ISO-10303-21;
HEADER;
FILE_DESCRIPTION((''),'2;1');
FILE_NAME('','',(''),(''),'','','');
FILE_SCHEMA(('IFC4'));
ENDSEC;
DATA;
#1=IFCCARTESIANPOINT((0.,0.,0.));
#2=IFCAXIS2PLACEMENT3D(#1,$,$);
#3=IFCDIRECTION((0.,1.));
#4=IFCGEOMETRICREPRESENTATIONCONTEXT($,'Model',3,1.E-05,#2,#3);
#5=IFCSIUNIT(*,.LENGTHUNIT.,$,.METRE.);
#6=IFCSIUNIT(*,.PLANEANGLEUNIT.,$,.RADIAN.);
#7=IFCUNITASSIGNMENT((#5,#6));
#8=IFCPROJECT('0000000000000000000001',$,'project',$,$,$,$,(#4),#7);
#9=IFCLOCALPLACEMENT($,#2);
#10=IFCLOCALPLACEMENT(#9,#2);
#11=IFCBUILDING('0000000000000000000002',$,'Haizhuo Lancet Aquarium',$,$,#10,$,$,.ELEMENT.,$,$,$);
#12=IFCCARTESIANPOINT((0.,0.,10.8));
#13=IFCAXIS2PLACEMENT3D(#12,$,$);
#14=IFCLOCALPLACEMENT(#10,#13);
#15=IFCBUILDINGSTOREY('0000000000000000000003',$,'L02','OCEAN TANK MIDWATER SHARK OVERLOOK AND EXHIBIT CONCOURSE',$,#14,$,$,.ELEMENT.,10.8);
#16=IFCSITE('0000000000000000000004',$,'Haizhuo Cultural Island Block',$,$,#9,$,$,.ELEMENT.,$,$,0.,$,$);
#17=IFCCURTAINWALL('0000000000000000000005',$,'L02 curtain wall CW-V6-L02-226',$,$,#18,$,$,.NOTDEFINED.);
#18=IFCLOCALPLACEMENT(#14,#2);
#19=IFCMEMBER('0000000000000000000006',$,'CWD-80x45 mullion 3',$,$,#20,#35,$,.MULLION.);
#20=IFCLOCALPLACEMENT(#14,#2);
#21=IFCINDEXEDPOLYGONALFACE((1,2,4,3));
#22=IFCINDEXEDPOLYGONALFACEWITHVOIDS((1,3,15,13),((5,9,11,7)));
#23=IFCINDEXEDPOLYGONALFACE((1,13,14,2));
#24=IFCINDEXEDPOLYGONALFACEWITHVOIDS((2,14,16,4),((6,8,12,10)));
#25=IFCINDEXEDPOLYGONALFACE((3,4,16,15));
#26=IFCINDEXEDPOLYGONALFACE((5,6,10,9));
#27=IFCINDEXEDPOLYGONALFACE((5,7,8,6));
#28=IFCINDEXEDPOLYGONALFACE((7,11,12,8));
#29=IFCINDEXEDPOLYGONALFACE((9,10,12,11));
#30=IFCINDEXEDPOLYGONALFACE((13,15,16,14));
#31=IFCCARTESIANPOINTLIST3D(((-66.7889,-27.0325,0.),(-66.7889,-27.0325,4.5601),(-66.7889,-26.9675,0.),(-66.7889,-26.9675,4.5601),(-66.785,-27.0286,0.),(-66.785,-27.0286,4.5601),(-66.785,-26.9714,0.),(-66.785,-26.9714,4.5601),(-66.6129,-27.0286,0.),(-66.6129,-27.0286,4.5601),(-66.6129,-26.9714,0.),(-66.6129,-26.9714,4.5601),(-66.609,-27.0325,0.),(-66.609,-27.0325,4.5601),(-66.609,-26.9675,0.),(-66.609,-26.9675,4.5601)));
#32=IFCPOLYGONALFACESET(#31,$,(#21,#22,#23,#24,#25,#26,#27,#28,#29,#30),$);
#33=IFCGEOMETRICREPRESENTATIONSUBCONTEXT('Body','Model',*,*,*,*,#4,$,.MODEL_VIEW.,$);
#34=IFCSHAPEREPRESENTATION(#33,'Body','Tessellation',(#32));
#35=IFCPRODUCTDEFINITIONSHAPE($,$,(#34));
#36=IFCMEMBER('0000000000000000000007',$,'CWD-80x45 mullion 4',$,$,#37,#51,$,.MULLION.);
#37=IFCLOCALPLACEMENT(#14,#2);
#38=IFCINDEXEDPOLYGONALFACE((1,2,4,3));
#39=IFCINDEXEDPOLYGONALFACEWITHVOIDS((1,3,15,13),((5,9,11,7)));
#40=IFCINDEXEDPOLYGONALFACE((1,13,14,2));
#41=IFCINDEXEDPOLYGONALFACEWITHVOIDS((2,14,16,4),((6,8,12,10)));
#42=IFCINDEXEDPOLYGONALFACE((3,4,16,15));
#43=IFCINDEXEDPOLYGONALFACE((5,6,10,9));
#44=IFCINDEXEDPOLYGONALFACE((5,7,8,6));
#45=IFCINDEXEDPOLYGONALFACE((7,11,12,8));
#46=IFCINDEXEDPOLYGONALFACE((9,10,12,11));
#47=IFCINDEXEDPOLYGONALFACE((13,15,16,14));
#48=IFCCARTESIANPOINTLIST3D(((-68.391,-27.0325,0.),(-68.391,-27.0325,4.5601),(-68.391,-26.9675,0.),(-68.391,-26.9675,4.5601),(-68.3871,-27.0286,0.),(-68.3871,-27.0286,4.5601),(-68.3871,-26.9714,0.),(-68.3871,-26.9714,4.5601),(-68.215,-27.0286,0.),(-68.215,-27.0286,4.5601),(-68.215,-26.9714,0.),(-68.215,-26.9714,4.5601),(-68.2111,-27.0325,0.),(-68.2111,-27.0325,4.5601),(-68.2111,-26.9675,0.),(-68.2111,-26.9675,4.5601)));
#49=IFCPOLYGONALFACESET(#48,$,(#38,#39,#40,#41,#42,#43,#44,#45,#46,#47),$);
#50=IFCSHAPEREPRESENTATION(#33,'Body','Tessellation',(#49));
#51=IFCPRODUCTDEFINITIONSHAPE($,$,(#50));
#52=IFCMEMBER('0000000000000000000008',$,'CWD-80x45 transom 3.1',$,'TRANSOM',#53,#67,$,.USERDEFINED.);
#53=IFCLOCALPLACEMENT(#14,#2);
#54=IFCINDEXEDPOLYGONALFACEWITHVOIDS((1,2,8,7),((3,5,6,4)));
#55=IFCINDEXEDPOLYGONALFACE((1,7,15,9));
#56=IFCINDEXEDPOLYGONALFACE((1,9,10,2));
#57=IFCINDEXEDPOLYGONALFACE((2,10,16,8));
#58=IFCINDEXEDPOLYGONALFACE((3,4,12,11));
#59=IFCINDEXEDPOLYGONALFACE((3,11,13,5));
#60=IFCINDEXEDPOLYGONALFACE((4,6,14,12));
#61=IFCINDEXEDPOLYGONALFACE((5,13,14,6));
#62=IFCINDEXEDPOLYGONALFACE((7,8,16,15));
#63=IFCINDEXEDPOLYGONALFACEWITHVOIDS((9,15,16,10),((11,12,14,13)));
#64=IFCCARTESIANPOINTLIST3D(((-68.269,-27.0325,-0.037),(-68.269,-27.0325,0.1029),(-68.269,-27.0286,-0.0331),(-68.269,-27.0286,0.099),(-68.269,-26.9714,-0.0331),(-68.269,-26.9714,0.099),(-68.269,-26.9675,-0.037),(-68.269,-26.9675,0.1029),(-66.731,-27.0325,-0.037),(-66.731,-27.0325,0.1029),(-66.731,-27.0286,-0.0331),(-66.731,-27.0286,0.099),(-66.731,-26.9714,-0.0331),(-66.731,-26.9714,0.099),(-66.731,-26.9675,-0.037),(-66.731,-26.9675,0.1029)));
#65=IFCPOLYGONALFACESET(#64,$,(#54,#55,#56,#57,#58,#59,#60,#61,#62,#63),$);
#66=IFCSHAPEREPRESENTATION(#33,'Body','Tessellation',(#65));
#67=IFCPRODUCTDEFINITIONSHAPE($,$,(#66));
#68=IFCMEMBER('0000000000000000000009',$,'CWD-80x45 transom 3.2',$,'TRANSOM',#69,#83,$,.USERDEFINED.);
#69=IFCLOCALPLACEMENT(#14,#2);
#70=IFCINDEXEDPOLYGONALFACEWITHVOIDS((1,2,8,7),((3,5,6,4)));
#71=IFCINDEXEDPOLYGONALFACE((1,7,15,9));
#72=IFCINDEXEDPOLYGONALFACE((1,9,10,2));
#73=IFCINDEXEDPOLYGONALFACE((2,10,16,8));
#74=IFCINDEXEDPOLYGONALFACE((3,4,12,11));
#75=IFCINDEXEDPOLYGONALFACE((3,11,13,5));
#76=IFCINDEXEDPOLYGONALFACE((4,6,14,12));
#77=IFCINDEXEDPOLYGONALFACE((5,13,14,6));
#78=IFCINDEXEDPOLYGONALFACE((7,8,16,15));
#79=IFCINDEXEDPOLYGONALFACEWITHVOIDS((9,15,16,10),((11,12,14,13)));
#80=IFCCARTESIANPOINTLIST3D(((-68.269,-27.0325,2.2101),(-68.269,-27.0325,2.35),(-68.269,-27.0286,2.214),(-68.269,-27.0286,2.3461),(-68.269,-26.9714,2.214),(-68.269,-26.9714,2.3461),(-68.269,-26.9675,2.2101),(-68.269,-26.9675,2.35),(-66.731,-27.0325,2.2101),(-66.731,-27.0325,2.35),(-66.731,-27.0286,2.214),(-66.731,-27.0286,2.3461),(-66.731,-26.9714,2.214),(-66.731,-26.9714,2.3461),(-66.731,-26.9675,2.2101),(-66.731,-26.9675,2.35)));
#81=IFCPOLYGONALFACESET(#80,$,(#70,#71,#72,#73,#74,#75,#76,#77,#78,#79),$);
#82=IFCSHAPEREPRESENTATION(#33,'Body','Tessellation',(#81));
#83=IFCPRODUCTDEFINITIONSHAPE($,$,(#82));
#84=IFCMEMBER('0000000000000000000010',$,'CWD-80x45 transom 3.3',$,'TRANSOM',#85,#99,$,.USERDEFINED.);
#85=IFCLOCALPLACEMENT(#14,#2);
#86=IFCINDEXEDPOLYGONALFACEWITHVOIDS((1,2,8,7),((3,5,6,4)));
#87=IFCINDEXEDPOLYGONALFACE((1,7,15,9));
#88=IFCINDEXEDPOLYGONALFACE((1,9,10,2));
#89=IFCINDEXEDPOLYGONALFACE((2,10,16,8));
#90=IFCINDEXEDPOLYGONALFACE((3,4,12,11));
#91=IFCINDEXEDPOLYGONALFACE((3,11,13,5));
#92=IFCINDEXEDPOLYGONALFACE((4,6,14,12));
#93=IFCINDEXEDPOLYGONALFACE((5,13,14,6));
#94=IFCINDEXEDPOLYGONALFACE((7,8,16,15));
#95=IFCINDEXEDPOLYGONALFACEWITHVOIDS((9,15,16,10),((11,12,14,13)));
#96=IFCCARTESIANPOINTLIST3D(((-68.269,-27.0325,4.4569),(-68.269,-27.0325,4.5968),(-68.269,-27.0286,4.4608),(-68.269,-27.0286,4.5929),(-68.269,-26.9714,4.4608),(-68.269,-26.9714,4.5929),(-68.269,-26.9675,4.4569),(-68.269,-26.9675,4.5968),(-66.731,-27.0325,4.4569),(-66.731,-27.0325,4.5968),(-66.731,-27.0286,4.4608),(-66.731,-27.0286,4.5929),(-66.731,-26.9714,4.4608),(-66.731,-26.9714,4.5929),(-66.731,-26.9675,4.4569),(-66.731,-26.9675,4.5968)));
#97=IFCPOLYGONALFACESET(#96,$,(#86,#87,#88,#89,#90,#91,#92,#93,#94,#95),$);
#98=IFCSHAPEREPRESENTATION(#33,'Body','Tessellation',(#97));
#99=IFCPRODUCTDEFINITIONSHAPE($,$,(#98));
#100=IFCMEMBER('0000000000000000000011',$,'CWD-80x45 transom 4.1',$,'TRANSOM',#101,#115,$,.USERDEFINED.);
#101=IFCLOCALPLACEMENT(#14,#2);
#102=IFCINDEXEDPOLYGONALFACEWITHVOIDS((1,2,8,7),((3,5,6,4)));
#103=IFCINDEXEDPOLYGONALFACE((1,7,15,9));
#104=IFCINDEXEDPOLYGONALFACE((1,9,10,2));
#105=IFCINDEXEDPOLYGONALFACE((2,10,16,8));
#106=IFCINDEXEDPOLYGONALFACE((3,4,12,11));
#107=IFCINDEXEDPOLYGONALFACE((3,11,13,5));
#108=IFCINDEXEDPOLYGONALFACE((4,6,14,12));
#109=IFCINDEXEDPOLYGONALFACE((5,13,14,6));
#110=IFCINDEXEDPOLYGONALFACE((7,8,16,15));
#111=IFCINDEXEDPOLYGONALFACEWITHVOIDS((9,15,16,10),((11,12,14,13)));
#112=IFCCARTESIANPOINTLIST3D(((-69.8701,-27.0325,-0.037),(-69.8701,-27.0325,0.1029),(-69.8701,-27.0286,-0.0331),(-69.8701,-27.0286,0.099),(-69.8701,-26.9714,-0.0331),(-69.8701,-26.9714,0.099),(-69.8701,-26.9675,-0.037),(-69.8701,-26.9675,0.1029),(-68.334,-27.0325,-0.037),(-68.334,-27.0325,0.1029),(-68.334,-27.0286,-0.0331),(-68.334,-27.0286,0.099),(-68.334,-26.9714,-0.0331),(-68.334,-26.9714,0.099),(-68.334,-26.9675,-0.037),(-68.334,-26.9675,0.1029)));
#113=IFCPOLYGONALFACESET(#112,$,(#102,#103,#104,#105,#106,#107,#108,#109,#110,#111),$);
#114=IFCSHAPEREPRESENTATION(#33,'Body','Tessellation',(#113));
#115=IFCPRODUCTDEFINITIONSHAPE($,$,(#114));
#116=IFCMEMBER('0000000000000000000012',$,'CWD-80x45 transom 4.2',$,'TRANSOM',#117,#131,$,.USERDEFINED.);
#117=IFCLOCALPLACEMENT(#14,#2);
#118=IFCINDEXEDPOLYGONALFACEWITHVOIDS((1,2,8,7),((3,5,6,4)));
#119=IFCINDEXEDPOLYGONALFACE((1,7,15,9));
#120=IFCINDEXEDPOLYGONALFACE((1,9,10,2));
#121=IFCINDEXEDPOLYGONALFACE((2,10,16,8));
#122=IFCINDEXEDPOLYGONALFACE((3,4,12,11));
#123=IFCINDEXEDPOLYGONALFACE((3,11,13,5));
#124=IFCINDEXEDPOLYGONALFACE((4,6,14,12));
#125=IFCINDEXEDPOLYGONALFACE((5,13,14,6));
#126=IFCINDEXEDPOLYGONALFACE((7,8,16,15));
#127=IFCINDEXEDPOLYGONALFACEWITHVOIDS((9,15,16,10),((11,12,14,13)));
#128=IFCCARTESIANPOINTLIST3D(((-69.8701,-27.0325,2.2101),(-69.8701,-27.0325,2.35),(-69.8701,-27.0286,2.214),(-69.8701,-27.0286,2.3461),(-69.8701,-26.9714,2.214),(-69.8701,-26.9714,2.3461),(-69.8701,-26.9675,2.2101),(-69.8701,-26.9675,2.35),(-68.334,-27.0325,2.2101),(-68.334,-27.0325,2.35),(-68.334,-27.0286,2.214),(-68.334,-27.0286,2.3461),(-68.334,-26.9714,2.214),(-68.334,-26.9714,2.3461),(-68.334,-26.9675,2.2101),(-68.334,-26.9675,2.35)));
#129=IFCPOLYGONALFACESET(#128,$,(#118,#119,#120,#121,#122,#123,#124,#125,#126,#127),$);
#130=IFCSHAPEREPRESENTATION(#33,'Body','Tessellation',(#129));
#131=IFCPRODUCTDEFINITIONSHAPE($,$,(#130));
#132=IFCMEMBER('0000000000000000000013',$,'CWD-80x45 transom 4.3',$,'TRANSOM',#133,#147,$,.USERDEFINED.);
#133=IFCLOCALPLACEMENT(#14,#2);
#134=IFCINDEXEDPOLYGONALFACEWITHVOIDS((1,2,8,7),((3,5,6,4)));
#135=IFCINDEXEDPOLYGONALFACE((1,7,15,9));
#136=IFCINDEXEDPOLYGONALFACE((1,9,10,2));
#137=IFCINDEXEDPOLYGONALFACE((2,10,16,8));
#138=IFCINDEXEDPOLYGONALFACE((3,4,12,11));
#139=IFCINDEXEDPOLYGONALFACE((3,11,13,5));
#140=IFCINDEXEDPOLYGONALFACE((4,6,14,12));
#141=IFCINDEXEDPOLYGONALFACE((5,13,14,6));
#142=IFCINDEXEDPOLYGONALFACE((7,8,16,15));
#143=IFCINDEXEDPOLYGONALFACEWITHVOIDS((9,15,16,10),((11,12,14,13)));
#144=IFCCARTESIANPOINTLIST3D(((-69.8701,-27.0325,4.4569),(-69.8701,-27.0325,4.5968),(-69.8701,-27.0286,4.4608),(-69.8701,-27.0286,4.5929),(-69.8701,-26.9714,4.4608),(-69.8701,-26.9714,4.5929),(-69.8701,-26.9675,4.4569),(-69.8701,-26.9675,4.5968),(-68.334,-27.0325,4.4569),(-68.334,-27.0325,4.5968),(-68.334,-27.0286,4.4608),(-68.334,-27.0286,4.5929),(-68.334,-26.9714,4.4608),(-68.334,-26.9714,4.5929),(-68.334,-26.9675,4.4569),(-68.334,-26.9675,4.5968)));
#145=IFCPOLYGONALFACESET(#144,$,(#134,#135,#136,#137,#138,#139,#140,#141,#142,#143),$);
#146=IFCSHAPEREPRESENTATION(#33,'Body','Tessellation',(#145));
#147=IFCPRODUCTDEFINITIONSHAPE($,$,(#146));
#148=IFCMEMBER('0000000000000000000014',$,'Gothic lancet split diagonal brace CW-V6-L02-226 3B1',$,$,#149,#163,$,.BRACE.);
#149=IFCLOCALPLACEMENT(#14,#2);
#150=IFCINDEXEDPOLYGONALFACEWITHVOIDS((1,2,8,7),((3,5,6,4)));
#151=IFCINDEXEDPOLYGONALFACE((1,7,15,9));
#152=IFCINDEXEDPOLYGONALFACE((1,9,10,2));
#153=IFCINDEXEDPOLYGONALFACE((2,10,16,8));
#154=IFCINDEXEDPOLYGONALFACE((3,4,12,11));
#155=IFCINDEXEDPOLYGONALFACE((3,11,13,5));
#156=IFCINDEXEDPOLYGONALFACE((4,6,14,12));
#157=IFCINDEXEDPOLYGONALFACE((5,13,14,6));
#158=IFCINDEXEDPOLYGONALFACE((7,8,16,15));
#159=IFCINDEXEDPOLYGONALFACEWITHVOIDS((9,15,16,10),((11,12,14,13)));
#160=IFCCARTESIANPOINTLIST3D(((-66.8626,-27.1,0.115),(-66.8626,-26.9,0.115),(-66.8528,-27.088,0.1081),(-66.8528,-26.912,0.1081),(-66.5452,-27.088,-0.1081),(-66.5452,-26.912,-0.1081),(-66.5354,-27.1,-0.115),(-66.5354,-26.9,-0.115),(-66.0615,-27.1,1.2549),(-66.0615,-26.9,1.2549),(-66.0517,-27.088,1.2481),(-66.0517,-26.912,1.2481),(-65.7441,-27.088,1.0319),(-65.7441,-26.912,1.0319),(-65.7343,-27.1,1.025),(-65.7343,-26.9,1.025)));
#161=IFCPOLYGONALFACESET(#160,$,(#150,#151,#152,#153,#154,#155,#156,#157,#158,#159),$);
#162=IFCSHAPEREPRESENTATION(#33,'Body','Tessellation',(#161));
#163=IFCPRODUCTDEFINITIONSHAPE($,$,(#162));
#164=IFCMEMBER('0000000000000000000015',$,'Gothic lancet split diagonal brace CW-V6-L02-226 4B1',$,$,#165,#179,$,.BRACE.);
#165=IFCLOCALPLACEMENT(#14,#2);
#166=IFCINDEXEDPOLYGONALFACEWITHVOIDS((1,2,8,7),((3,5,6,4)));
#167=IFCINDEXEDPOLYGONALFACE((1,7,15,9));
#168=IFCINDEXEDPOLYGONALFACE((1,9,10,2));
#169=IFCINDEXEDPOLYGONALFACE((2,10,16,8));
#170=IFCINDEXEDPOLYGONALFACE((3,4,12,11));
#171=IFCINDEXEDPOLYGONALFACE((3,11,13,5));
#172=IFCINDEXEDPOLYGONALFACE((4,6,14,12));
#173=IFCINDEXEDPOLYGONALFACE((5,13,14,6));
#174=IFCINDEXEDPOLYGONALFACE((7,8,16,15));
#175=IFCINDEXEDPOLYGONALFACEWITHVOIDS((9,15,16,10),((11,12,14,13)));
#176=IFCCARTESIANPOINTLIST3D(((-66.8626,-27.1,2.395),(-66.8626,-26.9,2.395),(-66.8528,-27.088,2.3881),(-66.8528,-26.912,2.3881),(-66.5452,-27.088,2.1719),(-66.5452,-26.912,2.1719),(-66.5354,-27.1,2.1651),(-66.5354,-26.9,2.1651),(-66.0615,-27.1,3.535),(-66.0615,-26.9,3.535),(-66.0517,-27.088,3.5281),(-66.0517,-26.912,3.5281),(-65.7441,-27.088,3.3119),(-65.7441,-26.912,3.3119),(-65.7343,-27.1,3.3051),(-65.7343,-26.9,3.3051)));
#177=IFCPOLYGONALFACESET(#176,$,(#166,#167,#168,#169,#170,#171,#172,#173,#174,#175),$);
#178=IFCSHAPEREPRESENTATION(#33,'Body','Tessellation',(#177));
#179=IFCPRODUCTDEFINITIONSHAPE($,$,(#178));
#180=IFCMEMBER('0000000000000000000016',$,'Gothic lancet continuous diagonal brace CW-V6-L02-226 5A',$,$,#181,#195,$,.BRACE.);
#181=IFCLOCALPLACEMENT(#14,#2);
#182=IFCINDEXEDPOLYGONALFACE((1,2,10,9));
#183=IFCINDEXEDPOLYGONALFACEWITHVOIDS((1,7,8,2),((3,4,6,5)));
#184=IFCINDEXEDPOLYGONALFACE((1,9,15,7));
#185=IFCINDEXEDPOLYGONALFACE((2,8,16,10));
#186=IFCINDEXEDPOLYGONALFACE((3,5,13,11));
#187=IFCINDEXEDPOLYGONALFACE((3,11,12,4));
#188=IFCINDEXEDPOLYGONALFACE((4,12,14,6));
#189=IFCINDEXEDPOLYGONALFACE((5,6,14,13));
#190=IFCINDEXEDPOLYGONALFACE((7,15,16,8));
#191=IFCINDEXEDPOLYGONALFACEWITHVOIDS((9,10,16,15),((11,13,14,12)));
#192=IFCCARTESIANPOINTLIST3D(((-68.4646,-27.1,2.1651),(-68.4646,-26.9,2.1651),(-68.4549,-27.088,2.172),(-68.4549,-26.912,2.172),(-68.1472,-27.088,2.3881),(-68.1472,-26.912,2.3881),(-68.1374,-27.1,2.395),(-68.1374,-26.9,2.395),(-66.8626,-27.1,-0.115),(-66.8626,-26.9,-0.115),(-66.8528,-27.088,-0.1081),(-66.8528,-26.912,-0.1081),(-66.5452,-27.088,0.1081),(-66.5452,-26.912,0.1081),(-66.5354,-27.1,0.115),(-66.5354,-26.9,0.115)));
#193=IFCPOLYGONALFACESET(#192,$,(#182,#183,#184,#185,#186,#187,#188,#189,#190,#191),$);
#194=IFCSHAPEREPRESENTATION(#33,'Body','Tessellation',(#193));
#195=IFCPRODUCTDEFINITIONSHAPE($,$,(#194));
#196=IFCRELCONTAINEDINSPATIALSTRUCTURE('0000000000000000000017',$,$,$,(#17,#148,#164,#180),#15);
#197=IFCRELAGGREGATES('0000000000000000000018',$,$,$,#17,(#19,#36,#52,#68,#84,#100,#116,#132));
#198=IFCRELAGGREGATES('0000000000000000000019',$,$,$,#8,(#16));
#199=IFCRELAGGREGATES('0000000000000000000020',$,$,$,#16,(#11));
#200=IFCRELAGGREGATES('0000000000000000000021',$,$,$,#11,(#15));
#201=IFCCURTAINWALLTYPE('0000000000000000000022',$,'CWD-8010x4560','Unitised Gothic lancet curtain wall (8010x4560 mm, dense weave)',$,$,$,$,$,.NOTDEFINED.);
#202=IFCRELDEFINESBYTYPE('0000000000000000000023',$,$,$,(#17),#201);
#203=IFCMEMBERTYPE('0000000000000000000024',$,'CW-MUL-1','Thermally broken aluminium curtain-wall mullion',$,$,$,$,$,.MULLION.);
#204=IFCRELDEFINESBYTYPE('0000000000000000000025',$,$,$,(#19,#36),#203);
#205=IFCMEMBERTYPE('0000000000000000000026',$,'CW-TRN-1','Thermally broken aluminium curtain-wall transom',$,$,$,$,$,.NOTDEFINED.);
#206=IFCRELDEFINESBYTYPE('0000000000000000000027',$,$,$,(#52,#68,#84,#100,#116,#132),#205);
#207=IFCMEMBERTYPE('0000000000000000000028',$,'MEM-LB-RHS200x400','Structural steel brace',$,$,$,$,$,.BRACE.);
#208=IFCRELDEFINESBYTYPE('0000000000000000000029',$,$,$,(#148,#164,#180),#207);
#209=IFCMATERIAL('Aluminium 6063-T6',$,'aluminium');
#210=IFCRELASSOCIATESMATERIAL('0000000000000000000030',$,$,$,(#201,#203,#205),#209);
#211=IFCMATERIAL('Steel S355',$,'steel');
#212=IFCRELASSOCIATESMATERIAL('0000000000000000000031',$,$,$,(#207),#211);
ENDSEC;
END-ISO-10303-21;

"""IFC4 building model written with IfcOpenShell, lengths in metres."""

from ifc_helpers import new_model, si_unit, direction, frame, origin, origin_2d, place, context, subcontext, project, spatial, hollow_rectangle, extrude, material, material_profile, profile_set, type_object, element, aggregate, save


model = new_model("IFC4")

# Units and contexts
model_context = context("Model", 3, precision=1e-05, world=origin(), true_north=direction((0.0, 1.0)))
body_context = subcontext(model_context, "Body", "Model", "MODEL_VIEW")
ifc_project = project(units=[si_unit("LENGTHUNIT", "METRE"), si_unit("PLANEANGLEUNIT", "RADIAN")], contexts=[model_context])

# Site, building, storey
site_placement = place(None, origin())
site = spatial("IfcSite", under=ifc_project, at=site_placement, Name="Haizhuo Cultural Island Block", CompositionType="ELEMENT", RefElevation=0.0)
building_placement = place(site_placement, origin())
building = spatial("IfcBuilding", under=site, at=building_placement, Name="Haizhuo Lancet Aquarium", CompositionType="ELEMENT")
storey_placement = place(building_placement, frame((0.0, 0.0, 10.8)))
storey = spatial("IfcBuildingStorey", under=building, at=storey_placement, Name="L02", Description="OCEAN TANK MIDWATER SHARK OVERLOOK AND EXHIBIT CONCOURSE", CompositionType="ELEMENT", Elevation=10.8)

# Curtain wall, members
ifc_material_1 = material(Name="Aluminium 6063-T6", Category="aluminium")
curtain_wall_type = type_object("IfcCurtainWallType", Name="CWD-8010x4560", Description="Unitised Gothic lancet curtain wall (8010x4560 mm, dense weave)", PredefinedType="NOTDEFINED", material=ifc_material_1)
curtain_wall_placement = place(storey_placement, origin())
curtain_wall = element("IfcCurtainWall", 1, at=curtain_wall_placement, inside=storey, type_object=curtain_wall_type, Name="L02 curtain wall CW-V6-L02-226", PredefinedType="NOTDEFINED")
ifc_material_profile_1 = material_profile(ifc_material_1, hollow_rectangle(XDim=0.0649, YDim=0.1799, WallThickness=0.0039, at=origin_2d()), Name="ALU-M 65x180x4")
ifc_profile_set_1 = profile_set([ifc_material_profile_1], Name="Aluminium 6063-T6")
member_type_1 = type_object("IfcMemberType", Name="CW-MUL-1", Description="Thermally broken aluminium curtain-wall mullion", PredefinedType="MULLION", material=ifc_profile_set_1)
member_1_placement = place(storey_placement, frame((-66.699, -27.0, 0.0), z_axis=(0.0, 0.0, 1.0), x_axis=(0.0, -1.0, 0.0)))
member_1 = element("IfcMember", 2, at=member_1_placement, type_object=member_type_1, Name="CWD-80x45 mullion 3", PredefinedType="MULLION", context=body_context, shape_type="SweptSolid", body=[
    extrude(hollow_rectangle(XDim=0.0649, YDim=0.1799, WallThickness=0.0039, at=origin_2d()), origin(), (0.0, 0.0, 1.0), 4.5601),
])
member_2_placement = place(storey_placement, frame((-68.301, -27.0, 0.0), z_axis=(0.0, 0.0, 1.0), x_axis=(0.0, -1.0, 0.0)))
member_2 = element("IfcMember", 3, at=member_2_placement, type_object=member_type_1, Name="CWD-80x45 mullion 4", PredefinedType="MULLION", context=body_context, shape_type="SweptSolid", body=[
    extrude(hollow_rectangle(XDim=0.0649, YDim=0.1799, WallThickness=0.0039, at=origin_2d()), origin(), (0.0, 0.0, 1.0), 4.5601),
])
ifc_material_profile_2 = material_profile(ifc_material_1, hollow_rectangle(XDim=0.0649, YDim=0.1399, WallThickness=0.0039, at=origin_2d()), Name="ALU-T 65x140x4")
ifc_profile_set_2 = profile_set([ifc_material_profile_2], Name="Aluminium 6063-T6")
member_type_2 = type_object("IfcMemberType", Name="CW-TRN-1", Description="Thermally broken aluminium curtain-wall transom", PredefinedType="NOTDEFINED", material=ifc_profile_set_2)
member_3_placement = place(storey_placement, frame((-66.731, -27.0, 0.033), z_axis=(-1.0, 0.0, 0.0), x_axis=(0.0, -1.0, 0.0)))
member_3 = element("IfcMember", 4, at=member_3_placement, type_object=member_type_2, Name="CWD-80x45 transom 3.1", ObjectType="TRANSOM", PredefinedType="USERDEFINED", context=body_context, shape_type="SweptSolid", body=[
    extrude(hollow_rectangle(XDim=0.0649, YDim=0.1399, WallThickness=0.0039, at=origin_2d()), origin(), (0.0, 0.0, 1.0), 1.5381),
])
member_4_placement = place(storey_placement, frame((-66.731, -27.0, 2.28), z_axis=(-1.0, 0.0, 0.0), x_axis=(0.0, -1.0, 0.0)))
member_4 = element("IfcMember", 5, at=member_4_placement, type_object=member_type_2, Name="CWD-80x45 transom 3.2", ObjectType="TRANSOM", PredefinedType="USERDEFINED", context=body_context, shape_type="SweptSolid", body=[
    extrude(hollow_rectangle(XDim=0.0649, YDim=0.1399, WallThickness=0.0039, at=origin_2d()), origin(), (0.0, 0.0, 1.0), 1.5381),
])
member_5_placement = place(storey_placement, frame((-66.731, -27.0, 4.5269), z_axis=(-1.0, 0.0, 0.0), x_axis=(0.0, -1.0, 0.0)))
member_5 = element("IfcMember", 6, at=member_5_placement, type_object=member_type_2, Name="CWD-80x45 transom 3.3", ObjectType="TRANSOM", PredefinedType="USERDEFINED", context=body_context, shape_type="SweptSolid", body=[
    extrude(hollow_rectangle(XDim=0.0649, YDim=0.1399, WallThickness=0.0039, at=origin_2d()), origin(), (0.0, 0.0, 1.0), 1.5381),
])
member_6_placement = place(storey_placement, frame((-68.334, -27.0, 0.033), z_axis=(-1.0, 0.0, 0.0), x_axis=(0.0, -1.0, 0.0)))
member_6 = element("IfcMember", 7, at=member_6_placement, type_object=member_type_2, Name="CWD-80x45 transom 4.1", ObjectType="TRANSOM", PredefinedType="USERDEFINED", context=body_context, shape_type="SweptSolid", body=[
    extrude(hollow_rectangle(XDim=0.0649, YDim=0.1399, WallThickness=0.0039, at=origin_2d()), origin(), (0.0, 0.0, 1.0), 1.5361),
])
member_7_placement = place(storey_placement, frame((-68.334, -27.0, 2.28), z_axis=(-1.0, 0.0, 0.0), x_axis=(0.0, -1.0, 0.0)))
member_7 = element("IfcMember", 8, at=member_7_placement, type_object=member_type_2, Name="CWD-80x45 transom 4.2", ObjectType="TRANSOM", PredefinedType="USERDEFINED", context=body_context, shape_type="SweptSolid", body=[
    extrude(hollow_rectangle(XDim=0.0649, YDim=0.1399, WallThickness=0.0039, at=origin_2d()), origin(), (0.0, 0.0, 1.0), 1.5361),
])
member_8_placement = place(storey_placement, frame((-68.334, -27.0, 4.5269), z_axis=(-1.0, 0.0, 0.0), x_axis=(0.0, -1.0, 0.0)))
member_8 = element("IfcMember", 9, at=member_8_placement, type_object=member_type_2, Name="CWD-80x45 transom 4.3", ObjectType="TRANSOM", PredefinedType="USERDEFINED", context=body_context, shape_type="SweptSolid", body=[
    extrude(hollow_rectangle(XDim=0.0649, YDim=0.1399, WallThickness=0.0039, at=origin_2d()), origin(), (0.0, 0.0, 1.0), 1.5361),
])

# Members
ifc_material_2 = material(Name="Steel S355", Category="steel")
ifc_material_profile_3 = material_profile(ifc_material_2, hollow_rectangle(XDim=0.2, YDim=0.3999, WallThickness=0.012, at=origin_2d()), Name="RHS 200x400x12")
ifc_profile_set_3 = profile_set([ifc_material_profile_3], Name="Steel S355")
member_type_3 = type_object("IfcMemberType", Name="MEM-LB-RHS200x400", Description="Structural steel brace", PredefinedType="BRACE", material=ifc_profile_set_3)
for number, where, z_axis, x_axis, name in (
    (10, (-66.699, -27.0, 0.0), (0.574955, 0.0, 0.818185), (0.0, 1.0, 0.0), "Gothic lancet split diagonal brace CW-V6-L02-226 3B1"),
    (11, (-66.699, -27.0, 2.28), (0.574955, 0.0, 0.818185), (0.0, 1.0, 0.0), "Gothic lancet split diagonal brace CW-V6-L02-226 4B1"),
):
    element("IfcMember", number, at=place(storey_placement, frame(where, z_axis=z_axis, x_axis=x_axis)), inside=storey, type_object=member_type_3, Name=name, PredefinedType="BRACE", context=body_context, shape_type="SweptSolid", body=[
        extrude(hollow_rectangle(XDim=0.2, YDim=0.3999, WallThickness=0.012, at=origin_2d()), origin(), (0.0, 0.0, 1.0), 1.3933),
    ])
member_9_placement = place(storey_placement, frame((-66.699, -27.0, 0.0), z_axis=(-0.574914, 0.0, 0.818214), x_axis=(0.0, -1.0, 0.0)))
element("IfcMember", 12, at=member_9_placement, inside=storey, type_object=member_type_3, Name="Gothic lancet continuous diagonal brace CW-V6-L02-226 5A", PredefinedType="BRACE", context=body_context, shape_type="SweptSolid", body=[
    extrude(hollow_rectangle(XDim=0.2, YDim=0.3999, WallThickness=0.012, at=origin_2d()), origin(), (0.0, 0.0, 1.0), 2.7866),
])

aggregate(curtain_wall, [member_1, member_2, member_3, member_4, member_5, member_6, member_7, member_8])

save(model, "model.ifc")
